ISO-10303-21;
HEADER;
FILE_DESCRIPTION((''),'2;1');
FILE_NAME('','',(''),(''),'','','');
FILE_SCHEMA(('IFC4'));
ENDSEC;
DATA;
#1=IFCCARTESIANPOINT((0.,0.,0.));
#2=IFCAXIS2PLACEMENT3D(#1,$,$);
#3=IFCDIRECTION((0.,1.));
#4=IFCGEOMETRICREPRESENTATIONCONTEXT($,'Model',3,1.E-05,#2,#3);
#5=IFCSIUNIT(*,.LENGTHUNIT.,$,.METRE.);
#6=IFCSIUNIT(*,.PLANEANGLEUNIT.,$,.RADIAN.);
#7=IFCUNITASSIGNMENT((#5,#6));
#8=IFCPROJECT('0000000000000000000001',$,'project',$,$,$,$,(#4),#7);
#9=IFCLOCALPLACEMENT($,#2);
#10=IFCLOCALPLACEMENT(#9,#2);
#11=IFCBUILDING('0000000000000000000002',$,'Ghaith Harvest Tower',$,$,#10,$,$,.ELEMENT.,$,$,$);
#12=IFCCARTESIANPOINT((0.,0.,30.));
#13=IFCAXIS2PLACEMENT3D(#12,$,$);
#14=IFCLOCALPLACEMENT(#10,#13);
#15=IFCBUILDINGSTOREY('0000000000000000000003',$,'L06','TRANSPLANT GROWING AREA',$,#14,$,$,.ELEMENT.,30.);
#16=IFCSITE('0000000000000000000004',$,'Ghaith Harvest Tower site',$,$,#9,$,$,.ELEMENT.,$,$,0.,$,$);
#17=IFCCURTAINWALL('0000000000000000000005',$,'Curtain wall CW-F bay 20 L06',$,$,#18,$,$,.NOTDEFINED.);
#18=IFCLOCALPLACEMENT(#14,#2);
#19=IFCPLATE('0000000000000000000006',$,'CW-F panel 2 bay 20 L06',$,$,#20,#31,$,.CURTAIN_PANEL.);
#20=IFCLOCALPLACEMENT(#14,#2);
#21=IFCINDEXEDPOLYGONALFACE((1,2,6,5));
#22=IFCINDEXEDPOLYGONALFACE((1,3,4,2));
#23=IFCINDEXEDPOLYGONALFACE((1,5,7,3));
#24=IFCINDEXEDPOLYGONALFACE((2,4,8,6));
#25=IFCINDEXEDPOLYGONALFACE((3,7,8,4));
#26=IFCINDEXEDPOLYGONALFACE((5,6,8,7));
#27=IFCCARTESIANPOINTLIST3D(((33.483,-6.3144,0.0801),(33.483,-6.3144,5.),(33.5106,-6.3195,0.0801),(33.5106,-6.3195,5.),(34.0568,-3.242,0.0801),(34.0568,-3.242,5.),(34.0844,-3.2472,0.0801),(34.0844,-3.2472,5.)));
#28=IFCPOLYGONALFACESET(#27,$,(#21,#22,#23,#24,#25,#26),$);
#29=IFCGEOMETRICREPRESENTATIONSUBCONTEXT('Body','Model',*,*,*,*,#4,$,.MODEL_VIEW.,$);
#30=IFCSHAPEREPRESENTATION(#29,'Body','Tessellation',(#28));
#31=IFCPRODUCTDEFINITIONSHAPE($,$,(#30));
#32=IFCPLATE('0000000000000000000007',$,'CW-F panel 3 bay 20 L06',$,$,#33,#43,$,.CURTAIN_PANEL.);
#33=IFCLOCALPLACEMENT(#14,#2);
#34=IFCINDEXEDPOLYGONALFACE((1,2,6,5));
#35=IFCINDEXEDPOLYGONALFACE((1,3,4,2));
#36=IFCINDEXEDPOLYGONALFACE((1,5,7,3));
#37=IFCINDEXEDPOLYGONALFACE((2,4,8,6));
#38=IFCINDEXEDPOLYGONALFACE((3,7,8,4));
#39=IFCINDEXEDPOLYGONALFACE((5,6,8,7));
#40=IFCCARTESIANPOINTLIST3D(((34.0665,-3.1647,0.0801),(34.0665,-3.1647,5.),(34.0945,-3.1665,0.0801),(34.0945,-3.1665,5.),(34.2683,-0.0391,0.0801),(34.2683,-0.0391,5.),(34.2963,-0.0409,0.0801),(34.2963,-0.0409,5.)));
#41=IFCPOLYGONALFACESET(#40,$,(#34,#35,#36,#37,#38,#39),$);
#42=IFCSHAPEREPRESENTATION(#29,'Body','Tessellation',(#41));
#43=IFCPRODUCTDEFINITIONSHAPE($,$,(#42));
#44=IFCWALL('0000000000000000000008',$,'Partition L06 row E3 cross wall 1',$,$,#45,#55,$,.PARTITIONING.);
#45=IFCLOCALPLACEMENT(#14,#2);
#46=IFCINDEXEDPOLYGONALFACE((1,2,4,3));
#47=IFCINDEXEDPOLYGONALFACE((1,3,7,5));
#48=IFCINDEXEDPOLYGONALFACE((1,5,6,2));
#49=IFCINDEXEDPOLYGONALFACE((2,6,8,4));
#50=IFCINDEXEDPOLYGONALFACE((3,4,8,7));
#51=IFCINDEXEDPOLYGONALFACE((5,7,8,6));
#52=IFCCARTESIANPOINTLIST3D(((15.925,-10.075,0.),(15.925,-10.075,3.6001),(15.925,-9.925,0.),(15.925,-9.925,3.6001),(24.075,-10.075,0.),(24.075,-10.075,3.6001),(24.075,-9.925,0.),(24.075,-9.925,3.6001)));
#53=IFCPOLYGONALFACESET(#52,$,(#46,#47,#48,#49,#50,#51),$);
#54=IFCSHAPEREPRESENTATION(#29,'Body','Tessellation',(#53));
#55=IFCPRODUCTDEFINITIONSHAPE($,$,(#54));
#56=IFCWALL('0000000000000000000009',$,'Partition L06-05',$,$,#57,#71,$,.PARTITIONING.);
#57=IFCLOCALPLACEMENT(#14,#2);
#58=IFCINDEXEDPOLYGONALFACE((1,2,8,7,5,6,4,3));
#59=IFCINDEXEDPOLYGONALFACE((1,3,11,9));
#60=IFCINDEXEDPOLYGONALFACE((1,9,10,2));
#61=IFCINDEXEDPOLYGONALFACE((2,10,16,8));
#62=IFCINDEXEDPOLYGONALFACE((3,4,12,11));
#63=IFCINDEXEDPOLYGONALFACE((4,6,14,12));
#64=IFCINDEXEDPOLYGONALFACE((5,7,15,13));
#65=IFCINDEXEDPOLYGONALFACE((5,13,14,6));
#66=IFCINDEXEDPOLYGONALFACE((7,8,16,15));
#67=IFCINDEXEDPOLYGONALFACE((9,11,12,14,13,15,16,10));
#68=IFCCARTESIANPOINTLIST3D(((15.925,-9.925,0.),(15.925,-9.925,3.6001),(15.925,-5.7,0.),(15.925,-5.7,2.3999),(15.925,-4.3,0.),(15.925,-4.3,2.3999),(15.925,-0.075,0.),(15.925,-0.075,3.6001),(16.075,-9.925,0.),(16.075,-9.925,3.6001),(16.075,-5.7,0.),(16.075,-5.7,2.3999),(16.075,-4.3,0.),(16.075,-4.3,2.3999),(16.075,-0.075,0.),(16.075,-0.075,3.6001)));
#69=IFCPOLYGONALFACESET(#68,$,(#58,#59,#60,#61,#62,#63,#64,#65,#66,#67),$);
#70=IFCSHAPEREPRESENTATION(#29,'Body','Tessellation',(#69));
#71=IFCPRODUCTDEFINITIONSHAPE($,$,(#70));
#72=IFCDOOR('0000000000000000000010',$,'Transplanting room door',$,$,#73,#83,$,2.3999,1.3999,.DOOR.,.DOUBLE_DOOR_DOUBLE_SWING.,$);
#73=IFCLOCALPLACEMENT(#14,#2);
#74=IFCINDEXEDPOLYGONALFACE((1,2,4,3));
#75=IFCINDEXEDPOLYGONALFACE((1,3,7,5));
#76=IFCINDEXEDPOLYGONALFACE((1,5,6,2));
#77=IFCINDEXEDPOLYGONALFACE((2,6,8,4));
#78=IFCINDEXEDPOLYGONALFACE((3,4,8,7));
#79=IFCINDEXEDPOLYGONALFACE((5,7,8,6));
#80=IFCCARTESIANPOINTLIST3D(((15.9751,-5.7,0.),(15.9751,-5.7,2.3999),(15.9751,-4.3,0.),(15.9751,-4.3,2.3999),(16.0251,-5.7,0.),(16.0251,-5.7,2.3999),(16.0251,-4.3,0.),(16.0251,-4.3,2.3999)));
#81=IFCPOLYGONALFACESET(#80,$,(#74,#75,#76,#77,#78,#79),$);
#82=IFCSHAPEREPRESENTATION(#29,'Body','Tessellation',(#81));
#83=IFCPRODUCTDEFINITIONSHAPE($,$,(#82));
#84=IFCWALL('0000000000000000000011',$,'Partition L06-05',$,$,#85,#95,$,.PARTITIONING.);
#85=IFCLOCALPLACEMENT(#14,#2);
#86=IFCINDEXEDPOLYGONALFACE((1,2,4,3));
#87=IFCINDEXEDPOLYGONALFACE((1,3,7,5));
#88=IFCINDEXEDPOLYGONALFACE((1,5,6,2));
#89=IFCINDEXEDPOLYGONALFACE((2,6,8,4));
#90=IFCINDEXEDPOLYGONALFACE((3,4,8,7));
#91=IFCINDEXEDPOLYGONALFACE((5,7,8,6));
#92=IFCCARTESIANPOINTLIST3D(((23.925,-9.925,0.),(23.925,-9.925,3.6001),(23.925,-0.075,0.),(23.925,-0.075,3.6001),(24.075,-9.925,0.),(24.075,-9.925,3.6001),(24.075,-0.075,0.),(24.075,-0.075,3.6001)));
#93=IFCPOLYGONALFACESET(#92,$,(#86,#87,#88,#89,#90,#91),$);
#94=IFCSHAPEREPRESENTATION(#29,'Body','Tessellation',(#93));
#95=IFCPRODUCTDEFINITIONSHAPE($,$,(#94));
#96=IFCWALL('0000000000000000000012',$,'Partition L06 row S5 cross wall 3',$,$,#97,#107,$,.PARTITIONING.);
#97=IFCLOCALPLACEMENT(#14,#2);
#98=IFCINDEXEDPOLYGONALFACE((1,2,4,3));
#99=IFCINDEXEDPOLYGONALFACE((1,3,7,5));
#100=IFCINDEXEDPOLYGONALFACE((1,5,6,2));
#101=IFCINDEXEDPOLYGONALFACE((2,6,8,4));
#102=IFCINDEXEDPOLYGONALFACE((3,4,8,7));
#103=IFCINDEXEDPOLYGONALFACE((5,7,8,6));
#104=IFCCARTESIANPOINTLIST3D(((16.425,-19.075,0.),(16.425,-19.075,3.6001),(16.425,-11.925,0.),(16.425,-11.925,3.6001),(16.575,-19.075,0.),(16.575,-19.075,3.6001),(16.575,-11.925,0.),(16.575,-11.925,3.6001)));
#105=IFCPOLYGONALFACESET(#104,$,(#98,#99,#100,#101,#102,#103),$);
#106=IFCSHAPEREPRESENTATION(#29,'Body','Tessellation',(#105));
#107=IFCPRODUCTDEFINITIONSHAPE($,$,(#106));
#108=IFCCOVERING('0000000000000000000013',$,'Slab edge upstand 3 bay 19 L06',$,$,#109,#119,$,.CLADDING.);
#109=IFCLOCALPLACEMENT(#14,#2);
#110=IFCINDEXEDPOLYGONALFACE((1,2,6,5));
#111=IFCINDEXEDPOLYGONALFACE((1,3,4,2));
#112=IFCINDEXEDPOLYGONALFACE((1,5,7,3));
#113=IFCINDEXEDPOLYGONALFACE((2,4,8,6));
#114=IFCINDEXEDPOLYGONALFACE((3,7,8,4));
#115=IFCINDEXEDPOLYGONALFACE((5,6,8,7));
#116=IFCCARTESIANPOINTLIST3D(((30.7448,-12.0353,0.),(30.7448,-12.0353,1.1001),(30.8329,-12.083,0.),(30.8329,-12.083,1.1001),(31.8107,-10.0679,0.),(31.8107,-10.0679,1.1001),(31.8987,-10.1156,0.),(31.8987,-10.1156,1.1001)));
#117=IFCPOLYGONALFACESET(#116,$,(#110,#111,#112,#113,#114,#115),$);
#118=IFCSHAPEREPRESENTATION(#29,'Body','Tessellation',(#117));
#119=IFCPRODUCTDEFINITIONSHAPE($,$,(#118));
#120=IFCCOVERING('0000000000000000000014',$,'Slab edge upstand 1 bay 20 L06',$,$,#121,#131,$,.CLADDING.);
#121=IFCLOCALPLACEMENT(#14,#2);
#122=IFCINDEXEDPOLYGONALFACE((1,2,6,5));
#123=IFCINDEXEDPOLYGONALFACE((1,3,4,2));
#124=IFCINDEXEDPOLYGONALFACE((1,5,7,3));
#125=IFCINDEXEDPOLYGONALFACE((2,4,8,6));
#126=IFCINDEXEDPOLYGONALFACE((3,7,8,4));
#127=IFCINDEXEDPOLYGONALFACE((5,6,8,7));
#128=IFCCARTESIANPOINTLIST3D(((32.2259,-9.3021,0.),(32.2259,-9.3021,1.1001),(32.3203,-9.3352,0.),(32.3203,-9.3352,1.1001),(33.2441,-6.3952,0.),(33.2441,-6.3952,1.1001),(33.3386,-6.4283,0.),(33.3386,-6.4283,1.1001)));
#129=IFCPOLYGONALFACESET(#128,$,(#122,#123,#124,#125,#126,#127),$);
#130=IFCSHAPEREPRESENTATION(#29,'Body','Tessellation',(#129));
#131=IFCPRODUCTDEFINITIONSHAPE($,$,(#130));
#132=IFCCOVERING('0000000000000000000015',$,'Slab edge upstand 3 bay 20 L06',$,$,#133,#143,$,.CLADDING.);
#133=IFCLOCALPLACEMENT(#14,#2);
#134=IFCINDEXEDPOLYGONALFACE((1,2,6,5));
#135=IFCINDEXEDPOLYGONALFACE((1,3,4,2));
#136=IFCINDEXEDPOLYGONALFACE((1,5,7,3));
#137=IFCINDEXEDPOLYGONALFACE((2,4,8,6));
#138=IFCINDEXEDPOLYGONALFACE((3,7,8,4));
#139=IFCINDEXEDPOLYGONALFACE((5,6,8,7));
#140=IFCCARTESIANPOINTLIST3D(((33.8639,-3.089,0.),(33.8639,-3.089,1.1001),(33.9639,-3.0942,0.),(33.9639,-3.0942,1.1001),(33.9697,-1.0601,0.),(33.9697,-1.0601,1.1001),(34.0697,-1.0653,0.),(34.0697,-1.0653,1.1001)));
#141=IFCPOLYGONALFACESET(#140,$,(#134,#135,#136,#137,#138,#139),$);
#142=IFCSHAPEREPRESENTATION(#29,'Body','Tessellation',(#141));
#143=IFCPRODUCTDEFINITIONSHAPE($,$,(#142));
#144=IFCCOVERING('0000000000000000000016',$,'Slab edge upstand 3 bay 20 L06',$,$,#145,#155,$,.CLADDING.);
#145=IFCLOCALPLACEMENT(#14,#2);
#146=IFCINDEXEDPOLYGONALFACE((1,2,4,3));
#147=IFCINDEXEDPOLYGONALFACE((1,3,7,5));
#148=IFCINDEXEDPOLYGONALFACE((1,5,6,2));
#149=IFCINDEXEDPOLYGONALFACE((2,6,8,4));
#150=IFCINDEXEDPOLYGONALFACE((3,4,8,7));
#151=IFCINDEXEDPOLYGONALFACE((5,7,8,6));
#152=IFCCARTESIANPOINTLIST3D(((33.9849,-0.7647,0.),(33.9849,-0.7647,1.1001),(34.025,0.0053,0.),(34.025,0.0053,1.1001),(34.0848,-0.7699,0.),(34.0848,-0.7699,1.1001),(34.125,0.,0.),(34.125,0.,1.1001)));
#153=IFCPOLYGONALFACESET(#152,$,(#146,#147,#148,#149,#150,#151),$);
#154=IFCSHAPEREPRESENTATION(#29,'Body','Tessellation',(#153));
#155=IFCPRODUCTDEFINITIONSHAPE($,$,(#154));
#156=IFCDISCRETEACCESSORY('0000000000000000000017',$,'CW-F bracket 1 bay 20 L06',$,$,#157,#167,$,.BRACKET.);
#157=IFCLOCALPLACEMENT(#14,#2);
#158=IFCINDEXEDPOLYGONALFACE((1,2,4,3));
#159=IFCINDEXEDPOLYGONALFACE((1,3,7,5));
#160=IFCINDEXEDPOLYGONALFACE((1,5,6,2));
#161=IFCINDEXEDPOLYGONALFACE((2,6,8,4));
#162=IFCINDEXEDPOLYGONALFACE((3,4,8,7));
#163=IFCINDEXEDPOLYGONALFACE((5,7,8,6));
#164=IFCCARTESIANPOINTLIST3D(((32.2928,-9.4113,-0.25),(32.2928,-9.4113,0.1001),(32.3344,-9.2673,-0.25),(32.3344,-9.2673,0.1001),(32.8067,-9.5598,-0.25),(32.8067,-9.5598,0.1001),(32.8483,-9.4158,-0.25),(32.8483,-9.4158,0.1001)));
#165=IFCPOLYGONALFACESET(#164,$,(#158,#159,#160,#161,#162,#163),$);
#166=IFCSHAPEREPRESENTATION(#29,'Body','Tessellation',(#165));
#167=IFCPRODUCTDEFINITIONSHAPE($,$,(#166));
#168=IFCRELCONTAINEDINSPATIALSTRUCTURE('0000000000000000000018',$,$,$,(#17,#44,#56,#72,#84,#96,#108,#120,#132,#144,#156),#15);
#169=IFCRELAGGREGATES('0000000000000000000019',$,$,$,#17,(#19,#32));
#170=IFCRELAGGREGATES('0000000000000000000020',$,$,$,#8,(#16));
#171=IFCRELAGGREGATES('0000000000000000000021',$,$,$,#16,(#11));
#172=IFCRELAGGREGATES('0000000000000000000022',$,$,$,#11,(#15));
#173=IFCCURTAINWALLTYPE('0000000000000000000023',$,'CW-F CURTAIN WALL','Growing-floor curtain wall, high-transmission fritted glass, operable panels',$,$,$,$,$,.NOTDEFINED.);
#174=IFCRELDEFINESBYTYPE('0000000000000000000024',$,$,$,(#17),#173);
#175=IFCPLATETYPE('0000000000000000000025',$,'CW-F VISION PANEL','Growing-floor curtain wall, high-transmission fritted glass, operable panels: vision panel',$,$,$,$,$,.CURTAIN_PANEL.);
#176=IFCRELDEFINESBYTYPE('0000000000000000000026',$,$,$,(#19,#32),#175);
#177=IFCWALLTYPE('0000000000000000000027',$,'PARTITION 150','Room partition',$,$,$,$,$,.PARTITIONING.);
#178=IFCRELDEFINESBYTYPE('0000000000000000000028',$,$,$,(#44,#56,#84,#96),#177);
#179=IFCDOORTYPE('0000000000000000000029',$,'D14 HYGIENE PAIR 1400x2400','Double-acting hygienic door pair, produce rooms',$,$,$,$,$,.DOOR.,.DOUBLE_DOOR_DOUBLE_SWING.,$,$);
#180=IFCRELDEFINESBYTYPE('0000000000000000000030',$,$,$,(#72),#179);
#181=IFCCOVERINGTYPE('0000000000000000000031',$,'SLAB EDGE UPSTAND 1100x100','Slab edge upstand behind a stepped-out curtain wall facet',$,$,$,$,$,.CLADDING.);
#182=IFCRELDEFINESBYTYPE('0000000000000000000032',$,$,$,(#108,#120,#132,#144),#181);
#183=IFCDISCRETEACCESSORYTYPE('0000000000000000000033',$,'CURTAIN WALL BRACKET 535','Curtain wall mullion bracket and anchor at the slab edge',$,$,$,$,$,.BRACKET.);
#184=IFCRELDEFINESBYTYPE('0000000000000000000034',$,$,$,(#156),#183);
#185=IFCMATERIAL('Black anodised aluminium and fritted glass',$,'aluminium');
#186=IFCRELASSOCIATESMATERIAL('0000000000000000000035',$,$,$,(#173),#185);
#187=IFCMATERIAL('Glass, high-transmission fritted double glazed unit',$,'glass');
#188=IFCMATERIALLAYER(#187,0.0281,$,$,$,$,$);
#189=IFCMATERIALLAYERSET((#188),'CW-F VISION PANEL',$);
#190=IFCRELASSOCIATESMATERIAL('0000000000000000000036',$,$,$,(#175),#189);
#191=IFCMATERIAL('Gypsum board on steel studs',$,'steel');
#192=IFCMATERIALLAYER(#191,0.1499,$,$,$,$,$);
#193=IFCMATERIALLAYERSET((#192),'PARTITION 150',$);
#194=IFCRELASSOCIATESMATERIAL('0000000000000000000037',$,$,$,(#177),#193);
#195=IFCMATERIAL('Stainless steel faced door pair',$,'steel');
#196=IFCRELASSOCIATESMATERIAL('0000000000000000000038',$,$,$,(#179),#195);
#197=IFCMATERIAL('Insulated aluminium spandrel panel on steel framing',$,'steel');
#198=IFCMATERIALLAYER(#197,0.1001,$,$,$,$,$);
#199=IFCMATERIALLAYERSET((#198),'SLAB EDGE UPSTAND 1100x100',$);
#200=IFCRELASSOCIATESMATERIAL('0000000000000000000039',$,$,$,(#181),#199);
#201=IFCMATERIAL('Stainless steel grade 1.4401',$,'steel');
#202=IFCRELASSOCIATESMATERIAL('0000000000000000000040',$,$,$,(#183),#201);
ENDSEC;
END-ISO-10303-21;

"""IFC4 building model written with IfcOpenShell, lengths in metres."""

from ifc_helpers import new_model, si_unit, direction, frame, frame_2d, origin, origin_2d, place, context, subcontext, project, spatial, rectangle, extrude, material, layer, layer_set, type_object, element, fill, aggregate, save


model = new_model("IFC4")

# Units and contexts
model_context = context("Model", 3, precision=1e-05, world=origin(), true_north=direction((0.0, 1.0)))
body_context = subcontext(model_context, "Body", "Model", "MODEL_VIEW")
ifc_project = project(units=[si_unit("LENGTHUNIT", "METRE"), si_unit("PLANEANGLEUNIT", "RADIAN")], contexts=[model_context])

# Site, building, storey
site_placement = place(None, origin())
site = spatial("IfcSite", under=ifc_project, at=site_placement, Name="Ghaith Harvest Tower site", CompositionType="ELEMENT", RefElevation=0.0)
building_placement = place(site_placement, origin())
building = spatial("IfcBuilding", under=site, at=building_placement, Name="Ghaith Harvest Tower", CompositionType="ELEMENT")
storey_placement = place(building_placement, frame((0.0, 0.0, 30.0)))
storey = spatial("IfcBuildingStorey", under=building, at=storey_placement, Name="L06", Description="TRANSPLANT GROWING AREA", CompositionType="ELEMENT", Elevation=30.0)

# Shared definitions
ifc_material_1 = material(Name="Black anodised aluminium and fritted glass", Category="aluminium")
curtain_wall_type = type_object("IfcCurtainWallType", Name="CW-F CURTAIN WALL", Description="Growing-floor curtain wall, high-transmission fritted glass, operable panels", PredefinedType="NOTDEFINED", material=ifc_material_1)

# Curtain wall
curtain_wall_1_placement = place(storey_placement, origin())
curtain_wall_1 = element("IfcCurtainWall", 1, at=curtain_wall_1_placement, inside=storey, type_object=curtain_wall_type, Name="Curtain wall CW-F bay 20 L06", PredefinedType="NOTDEFINED")

# Plates
ifc_material_2 = material(Name="Glass, high-transmission fritted double glazed unit", Category="glass")
ifc_layer_1 = layer(ifc_material_2, 0.0281)
ifc_layer_set_1 = layer_set([ifc_layer_1], Name="CW-F VISION PANEL")
plate_type = type_object("IfcPlateType", Name="CW-F VISION PANEL", Description="Growing-floor curtain wall, high-transmission fritted glass, operable panels: vision panel", PredefinedType="CURTAIN_PANEL", material=ifc_layer_set_1)
plate_1_placement = place(storey_placement, frame((33.7837, -4.7808, 0.0801), z_axis=(0.0, 0.0, 1.0), x_axis=(0.183569, 0.983007, 0.0)))
plate_1 = element("IfcPlate", 2, at=plate_1_placement, type_object=plate_type, Name="CW-F panel 2 bay 20 L06", PredefinedType="CURTAIN_PANEL", context=body_context, shape_type="SweptSolid", body=[
    extrude(rectangle(XDim=3.1255, YDim=0.0281, at=origin_2d()), origin(), (0.0, 0.0, 1.0), 4.9199),
])
plate_2_placement = place(storey_placement, frame((34.1814, -1.6028, 0.0801), z_axis=(0.0, 0.0, 1.0), x_axis=(0.064446, 0.997921, 0.0)))
plate_2 = element("IfcPlate", 3, at=plate_2_placement, type_object=plate_type, Name="CW-F panel 3 bay 20 L06", PredefinedType="CURTAIN_PANEL", context=body_context, shape_type="SweptSolid", body=[
    extrude(rectangle(XDim=3.1321, YDim=0.0281, at=origin_2d()), origin(), (0.0, 0.0, 1.0), 4.9199),
])
aggregate(curtain_wall_1, [plate_1, plate_2])

# Wall
ifc_material_3 = material(Name="Gypsum board on steel studs", Category="steel")
ifc_layer_2 = layer(ifc_material_3, 0.1499)
ifc_layer_set_2 = layer_set([ifc_layer_2], Name="PARTITION 150")
wall_type = type_object("IfcWallType", Name="PARTITION 150", Description="Room partition", PredefinedType="PARTITIONING", material=ifc_layer_set_2)
wall_1_placement = place(storey_placement, frame((15.925, -10.0, 0.0), z_axis=(0.0, 0.0, 1.0), x_axis=(1.0, 0.0, 0.0)))
element("IfcWall", 4, at=wall_1_placement, inside=storey, type_object=wall_type, Name="Partition L06 row E3 cross wall 1", PredefinedType="PARTITIONING", context=body_context, shape_type="SweptSolid", body=[
    extrude(rectangle(XDim=8.1499, YDim=0.1499, at=frame_2d((4.075, 0.0))), origin(), (0.0, 0.0, 1.0), 3.6001),
])

# Wall, opening, door
wall_2_placement = place(storey_placement, frame((16.0, -9.925, 0.0), z_axis=(0.0, 0.0, 1.0), x_axis=(0.0, 1.0, 0.0)))
wall_2 = element("IfcWall", 5, at=wall_2_placement, inside=storey, type_object=wall_type, Name="Partition L06-05", PredefinedType="PARTITIONING", context=body_context, shape_type="SweptSolid", body=[
    extrude(rectangle(XDim=9.8501, YDim=0.1499, at=frame_2d((4.925, 0.0))), origin(), (0.0, 0.0, 1.0), 3.6001),
])
opening_placement = place(wall_2_placement, frame((4.2251, 0.0, 0.0)))
opening = element("IfcOpeningElement", 6, at=opening_placement, cuts=wall_2, PredefinedType="OPENING", context=body_context, shape_type="SweptSolid", body=[
    extrude(rectangle(XDim=1.3999, YDim=2.3999, at=frame_2d((0.7, 1.2))), frame((0.0, 0.085, 0.0), z_axis=(0.0, -1.0, 0.0), x_axis=(1.0, 0.0, 0.0)), (0.0, 0.0, 1.0), 0.1699),
])
ifc_material_4 = material(Name="Stainless steel faced door pair", Category="steel")
door_type = type_object("IfcDoorType", Name="D14 HYGIENE PAIR 1400x2400", Description="Double-acting hygienic door pair, produce rooms", OperationType="DOUBLE_DOOR_DOUBLE_SWING", PredefinedType="DOOR", material=ifc_material_4)
door_placement = place(opening_placement, origin())
door = element("IfcDoor", 7, at=door_placement, inside=storey, type_object=door_type, Name="Transplanting room door", OperationType="DOUBLE_DOOR_DOUBLE_SWING", OverallHeight=2.3999, OverallWidth=1.3999, PredefinedType="DOOR", context=body_context, shape_type="SweptSolid", body=[
    extrude(rectangle(XDim=1.3999, YDim=2.3999, at=frame_2d((0.7, 1.2))), frame((0.0, 0.0249, 0.0), z_axis=(0.0, -1.0, 0.0), x_axis=(1.0, 0.0, 0.0)), (0.0, 0.0, 1.0), 0.05),
])
fill(opening, door)

# Walls
wall_3_placement = place(storey_placement, frame((24.0, -9.925, 0.0), z_axis=(0.0, 0.0, 1.0), x_axis=(0.0, 1.0, 0.0)))
element("IfcWall", 8, at=wall_3_placement, inside=storey, type_object=wall_type, Name="Partition L06-05", PredefinedType="PARTITIONING", context=body_context, shape_type="SweptSolid", body=[
    extrude(rectangle(XDim=9.8501, YDim=0.1499, at=frame_2d((4.925, 0.0))), origin(), (0.0, 0.0, 1.0), 3.6001),
])
wall_4_placement = place(storey_placement, frame((16.5, -11.925, 0.0), z_axis=(0.0, 0.0, 1.0), x_axis=(0.0, -1.0, 0.0)))
element("IfcWall", 9, at=wall_4_placement, inside=storey, type_object=wall_type, Name="Partition L06 row S5 cross wall 3", PredefinedType="PARTITIONING", context=body_context, shape_type="SweptSolid", body=[
    extrude(rectangle(XDim=7.1499, YDim=0.1499, at=frame_2d((3.575, 0.0))), origin(), (0.0, 0.0, 1.0), 3.6001),
])

# Coverings
ifc_material_5 = material(Name="Insulated aluminium spandrel panel on steel framing", Category="steel")
ifc_layer_3 = layer(ifc_material_5, 0.1001)
ifc_layer_set_3 = layer_set([ifc_layer_3], Name="SLAB EDGE UPSTAND 1100x100")
covering_type = type_object("IfcCoveringType", Name="SLAB EDGE UPSTAND 1100x100", Description="Slab edge upstand behind a stepped-out curtain wall facet", PredefinedType="CLADDING", material=ifc_layer_set_3)
covering_1_placement = place(storey_placement, frame((31.3218, -11.0754, 0.0), z_axis=(0.0, 0.0, 1.0), x_axis=(0.476349, 0.879256, 0.0)))
element("IfcCovering", 10, at=covering_1_placement, inside=storey, type_object=covering_type, Name="Slab edge upstand 3 bay 19 L06", PredefinedType="CLADDING", context=body_context, shape_type="SweptSolid", body=[
    extrude(rectangle(XDim=2.2375, YDim=0.1001, at=origin_2d()), origin(), (0.0, 0.0, 1.0), 1.1001),
])
covering_2_placement = place(storey_placement, frame((32.7822, -7.8652, 0.0), z_axis=(0.0, 0.0, 1.0), x_axis=(0.330598, 0.943772, 0.0)))
element("IfcCovering", 11, at=covering_2_placement, inside=storey, type_object=covering_type, Name="Slab edge upstand 1 bay 20 L06", PredefinedType="CLADDING", context=body_context, shape_type="SweptSolid", body=[
    extrude(rectangle(XDim=3.0801, YDim=0.1001, at=origin_2d()), origin(), (0.0, 0.0, 1.0), 1.1001),
])
covering_3_placement = place(storey_placement, frame((33.9668, -2.0771, 0.0), z_axis=(0.0, 0.0, 1.0), x_axis=(0.052049, 0.998645, 0.0)))
element("IfcCovering", 12, at=covering_3_placement, inside=storey, type_object=covering_type, Name="Slab edge upstand 3 bay 20 L06", PredefinedType="CLADDING", context=body_context, shape_type="SweptSolid", body=[
    extrude(rectangle(XDim=2.0317, YDim=0.1001, at=origin_2d()), origin(), (0.0, 0.0, 1.0), 1.1001),
])
covering_4_placement = place(storey_placement, frame((34.0549, -0.3823, 0.0), z_axis=(0.0, 0.0, 1.0), x_axis=(0.052049, 0.998645, 0.0)))
element("IfcCovering", 13, at=covering_4_placement, inside=storey, type_object=covering_type, Name="Slab edge upstand 3 bay 20 L06", PredefinedType="CLADDING", context=body_context, shape_type="SweptSolid", body=[
    extrude(rectangle(XDim=0.771, YDim=0.1001, at=origin_2d()), origin(), (0.0, 0.0, 1.0), 1.1001),
])

# Discrete accessory
ifc_material_6 = material(Name="Stainless steel grade 1.4401", Category="steel")
discrete_accessory_type = type_object("IfcDiscreteAccessoryType", Name="CURTAIN WALL BRACKET 535", Description="Curtain wall mullion bracket and anchor at the slab edge", PredefinedType="BRACKET", material=ifc_material_6)
discrete_accessory_placement = place(storey_placement, frame((32.5706, -9.4136, -0.25), z_axis=(0.0, 0.0, 1.0), x_axis=(0.96068, -0.277657, 0.0)))
element("IfcDiscreteAccessory", 14, at=discrete_accessory_placement, inside=storey, type_object=discrete_accessory_type, Name="CW-F bracket 1 bay 20 L06", PredefinedType="BRACKET", context=body_context, shape_type="SweptSolid", body=[
    extrude(rectangle(XDim=0.5349, YDim=0.1499, at=origin_2d()), origin(), (0.0, 0.0, 1.0), 0.3501),
])

save(model, "model.ifc")
